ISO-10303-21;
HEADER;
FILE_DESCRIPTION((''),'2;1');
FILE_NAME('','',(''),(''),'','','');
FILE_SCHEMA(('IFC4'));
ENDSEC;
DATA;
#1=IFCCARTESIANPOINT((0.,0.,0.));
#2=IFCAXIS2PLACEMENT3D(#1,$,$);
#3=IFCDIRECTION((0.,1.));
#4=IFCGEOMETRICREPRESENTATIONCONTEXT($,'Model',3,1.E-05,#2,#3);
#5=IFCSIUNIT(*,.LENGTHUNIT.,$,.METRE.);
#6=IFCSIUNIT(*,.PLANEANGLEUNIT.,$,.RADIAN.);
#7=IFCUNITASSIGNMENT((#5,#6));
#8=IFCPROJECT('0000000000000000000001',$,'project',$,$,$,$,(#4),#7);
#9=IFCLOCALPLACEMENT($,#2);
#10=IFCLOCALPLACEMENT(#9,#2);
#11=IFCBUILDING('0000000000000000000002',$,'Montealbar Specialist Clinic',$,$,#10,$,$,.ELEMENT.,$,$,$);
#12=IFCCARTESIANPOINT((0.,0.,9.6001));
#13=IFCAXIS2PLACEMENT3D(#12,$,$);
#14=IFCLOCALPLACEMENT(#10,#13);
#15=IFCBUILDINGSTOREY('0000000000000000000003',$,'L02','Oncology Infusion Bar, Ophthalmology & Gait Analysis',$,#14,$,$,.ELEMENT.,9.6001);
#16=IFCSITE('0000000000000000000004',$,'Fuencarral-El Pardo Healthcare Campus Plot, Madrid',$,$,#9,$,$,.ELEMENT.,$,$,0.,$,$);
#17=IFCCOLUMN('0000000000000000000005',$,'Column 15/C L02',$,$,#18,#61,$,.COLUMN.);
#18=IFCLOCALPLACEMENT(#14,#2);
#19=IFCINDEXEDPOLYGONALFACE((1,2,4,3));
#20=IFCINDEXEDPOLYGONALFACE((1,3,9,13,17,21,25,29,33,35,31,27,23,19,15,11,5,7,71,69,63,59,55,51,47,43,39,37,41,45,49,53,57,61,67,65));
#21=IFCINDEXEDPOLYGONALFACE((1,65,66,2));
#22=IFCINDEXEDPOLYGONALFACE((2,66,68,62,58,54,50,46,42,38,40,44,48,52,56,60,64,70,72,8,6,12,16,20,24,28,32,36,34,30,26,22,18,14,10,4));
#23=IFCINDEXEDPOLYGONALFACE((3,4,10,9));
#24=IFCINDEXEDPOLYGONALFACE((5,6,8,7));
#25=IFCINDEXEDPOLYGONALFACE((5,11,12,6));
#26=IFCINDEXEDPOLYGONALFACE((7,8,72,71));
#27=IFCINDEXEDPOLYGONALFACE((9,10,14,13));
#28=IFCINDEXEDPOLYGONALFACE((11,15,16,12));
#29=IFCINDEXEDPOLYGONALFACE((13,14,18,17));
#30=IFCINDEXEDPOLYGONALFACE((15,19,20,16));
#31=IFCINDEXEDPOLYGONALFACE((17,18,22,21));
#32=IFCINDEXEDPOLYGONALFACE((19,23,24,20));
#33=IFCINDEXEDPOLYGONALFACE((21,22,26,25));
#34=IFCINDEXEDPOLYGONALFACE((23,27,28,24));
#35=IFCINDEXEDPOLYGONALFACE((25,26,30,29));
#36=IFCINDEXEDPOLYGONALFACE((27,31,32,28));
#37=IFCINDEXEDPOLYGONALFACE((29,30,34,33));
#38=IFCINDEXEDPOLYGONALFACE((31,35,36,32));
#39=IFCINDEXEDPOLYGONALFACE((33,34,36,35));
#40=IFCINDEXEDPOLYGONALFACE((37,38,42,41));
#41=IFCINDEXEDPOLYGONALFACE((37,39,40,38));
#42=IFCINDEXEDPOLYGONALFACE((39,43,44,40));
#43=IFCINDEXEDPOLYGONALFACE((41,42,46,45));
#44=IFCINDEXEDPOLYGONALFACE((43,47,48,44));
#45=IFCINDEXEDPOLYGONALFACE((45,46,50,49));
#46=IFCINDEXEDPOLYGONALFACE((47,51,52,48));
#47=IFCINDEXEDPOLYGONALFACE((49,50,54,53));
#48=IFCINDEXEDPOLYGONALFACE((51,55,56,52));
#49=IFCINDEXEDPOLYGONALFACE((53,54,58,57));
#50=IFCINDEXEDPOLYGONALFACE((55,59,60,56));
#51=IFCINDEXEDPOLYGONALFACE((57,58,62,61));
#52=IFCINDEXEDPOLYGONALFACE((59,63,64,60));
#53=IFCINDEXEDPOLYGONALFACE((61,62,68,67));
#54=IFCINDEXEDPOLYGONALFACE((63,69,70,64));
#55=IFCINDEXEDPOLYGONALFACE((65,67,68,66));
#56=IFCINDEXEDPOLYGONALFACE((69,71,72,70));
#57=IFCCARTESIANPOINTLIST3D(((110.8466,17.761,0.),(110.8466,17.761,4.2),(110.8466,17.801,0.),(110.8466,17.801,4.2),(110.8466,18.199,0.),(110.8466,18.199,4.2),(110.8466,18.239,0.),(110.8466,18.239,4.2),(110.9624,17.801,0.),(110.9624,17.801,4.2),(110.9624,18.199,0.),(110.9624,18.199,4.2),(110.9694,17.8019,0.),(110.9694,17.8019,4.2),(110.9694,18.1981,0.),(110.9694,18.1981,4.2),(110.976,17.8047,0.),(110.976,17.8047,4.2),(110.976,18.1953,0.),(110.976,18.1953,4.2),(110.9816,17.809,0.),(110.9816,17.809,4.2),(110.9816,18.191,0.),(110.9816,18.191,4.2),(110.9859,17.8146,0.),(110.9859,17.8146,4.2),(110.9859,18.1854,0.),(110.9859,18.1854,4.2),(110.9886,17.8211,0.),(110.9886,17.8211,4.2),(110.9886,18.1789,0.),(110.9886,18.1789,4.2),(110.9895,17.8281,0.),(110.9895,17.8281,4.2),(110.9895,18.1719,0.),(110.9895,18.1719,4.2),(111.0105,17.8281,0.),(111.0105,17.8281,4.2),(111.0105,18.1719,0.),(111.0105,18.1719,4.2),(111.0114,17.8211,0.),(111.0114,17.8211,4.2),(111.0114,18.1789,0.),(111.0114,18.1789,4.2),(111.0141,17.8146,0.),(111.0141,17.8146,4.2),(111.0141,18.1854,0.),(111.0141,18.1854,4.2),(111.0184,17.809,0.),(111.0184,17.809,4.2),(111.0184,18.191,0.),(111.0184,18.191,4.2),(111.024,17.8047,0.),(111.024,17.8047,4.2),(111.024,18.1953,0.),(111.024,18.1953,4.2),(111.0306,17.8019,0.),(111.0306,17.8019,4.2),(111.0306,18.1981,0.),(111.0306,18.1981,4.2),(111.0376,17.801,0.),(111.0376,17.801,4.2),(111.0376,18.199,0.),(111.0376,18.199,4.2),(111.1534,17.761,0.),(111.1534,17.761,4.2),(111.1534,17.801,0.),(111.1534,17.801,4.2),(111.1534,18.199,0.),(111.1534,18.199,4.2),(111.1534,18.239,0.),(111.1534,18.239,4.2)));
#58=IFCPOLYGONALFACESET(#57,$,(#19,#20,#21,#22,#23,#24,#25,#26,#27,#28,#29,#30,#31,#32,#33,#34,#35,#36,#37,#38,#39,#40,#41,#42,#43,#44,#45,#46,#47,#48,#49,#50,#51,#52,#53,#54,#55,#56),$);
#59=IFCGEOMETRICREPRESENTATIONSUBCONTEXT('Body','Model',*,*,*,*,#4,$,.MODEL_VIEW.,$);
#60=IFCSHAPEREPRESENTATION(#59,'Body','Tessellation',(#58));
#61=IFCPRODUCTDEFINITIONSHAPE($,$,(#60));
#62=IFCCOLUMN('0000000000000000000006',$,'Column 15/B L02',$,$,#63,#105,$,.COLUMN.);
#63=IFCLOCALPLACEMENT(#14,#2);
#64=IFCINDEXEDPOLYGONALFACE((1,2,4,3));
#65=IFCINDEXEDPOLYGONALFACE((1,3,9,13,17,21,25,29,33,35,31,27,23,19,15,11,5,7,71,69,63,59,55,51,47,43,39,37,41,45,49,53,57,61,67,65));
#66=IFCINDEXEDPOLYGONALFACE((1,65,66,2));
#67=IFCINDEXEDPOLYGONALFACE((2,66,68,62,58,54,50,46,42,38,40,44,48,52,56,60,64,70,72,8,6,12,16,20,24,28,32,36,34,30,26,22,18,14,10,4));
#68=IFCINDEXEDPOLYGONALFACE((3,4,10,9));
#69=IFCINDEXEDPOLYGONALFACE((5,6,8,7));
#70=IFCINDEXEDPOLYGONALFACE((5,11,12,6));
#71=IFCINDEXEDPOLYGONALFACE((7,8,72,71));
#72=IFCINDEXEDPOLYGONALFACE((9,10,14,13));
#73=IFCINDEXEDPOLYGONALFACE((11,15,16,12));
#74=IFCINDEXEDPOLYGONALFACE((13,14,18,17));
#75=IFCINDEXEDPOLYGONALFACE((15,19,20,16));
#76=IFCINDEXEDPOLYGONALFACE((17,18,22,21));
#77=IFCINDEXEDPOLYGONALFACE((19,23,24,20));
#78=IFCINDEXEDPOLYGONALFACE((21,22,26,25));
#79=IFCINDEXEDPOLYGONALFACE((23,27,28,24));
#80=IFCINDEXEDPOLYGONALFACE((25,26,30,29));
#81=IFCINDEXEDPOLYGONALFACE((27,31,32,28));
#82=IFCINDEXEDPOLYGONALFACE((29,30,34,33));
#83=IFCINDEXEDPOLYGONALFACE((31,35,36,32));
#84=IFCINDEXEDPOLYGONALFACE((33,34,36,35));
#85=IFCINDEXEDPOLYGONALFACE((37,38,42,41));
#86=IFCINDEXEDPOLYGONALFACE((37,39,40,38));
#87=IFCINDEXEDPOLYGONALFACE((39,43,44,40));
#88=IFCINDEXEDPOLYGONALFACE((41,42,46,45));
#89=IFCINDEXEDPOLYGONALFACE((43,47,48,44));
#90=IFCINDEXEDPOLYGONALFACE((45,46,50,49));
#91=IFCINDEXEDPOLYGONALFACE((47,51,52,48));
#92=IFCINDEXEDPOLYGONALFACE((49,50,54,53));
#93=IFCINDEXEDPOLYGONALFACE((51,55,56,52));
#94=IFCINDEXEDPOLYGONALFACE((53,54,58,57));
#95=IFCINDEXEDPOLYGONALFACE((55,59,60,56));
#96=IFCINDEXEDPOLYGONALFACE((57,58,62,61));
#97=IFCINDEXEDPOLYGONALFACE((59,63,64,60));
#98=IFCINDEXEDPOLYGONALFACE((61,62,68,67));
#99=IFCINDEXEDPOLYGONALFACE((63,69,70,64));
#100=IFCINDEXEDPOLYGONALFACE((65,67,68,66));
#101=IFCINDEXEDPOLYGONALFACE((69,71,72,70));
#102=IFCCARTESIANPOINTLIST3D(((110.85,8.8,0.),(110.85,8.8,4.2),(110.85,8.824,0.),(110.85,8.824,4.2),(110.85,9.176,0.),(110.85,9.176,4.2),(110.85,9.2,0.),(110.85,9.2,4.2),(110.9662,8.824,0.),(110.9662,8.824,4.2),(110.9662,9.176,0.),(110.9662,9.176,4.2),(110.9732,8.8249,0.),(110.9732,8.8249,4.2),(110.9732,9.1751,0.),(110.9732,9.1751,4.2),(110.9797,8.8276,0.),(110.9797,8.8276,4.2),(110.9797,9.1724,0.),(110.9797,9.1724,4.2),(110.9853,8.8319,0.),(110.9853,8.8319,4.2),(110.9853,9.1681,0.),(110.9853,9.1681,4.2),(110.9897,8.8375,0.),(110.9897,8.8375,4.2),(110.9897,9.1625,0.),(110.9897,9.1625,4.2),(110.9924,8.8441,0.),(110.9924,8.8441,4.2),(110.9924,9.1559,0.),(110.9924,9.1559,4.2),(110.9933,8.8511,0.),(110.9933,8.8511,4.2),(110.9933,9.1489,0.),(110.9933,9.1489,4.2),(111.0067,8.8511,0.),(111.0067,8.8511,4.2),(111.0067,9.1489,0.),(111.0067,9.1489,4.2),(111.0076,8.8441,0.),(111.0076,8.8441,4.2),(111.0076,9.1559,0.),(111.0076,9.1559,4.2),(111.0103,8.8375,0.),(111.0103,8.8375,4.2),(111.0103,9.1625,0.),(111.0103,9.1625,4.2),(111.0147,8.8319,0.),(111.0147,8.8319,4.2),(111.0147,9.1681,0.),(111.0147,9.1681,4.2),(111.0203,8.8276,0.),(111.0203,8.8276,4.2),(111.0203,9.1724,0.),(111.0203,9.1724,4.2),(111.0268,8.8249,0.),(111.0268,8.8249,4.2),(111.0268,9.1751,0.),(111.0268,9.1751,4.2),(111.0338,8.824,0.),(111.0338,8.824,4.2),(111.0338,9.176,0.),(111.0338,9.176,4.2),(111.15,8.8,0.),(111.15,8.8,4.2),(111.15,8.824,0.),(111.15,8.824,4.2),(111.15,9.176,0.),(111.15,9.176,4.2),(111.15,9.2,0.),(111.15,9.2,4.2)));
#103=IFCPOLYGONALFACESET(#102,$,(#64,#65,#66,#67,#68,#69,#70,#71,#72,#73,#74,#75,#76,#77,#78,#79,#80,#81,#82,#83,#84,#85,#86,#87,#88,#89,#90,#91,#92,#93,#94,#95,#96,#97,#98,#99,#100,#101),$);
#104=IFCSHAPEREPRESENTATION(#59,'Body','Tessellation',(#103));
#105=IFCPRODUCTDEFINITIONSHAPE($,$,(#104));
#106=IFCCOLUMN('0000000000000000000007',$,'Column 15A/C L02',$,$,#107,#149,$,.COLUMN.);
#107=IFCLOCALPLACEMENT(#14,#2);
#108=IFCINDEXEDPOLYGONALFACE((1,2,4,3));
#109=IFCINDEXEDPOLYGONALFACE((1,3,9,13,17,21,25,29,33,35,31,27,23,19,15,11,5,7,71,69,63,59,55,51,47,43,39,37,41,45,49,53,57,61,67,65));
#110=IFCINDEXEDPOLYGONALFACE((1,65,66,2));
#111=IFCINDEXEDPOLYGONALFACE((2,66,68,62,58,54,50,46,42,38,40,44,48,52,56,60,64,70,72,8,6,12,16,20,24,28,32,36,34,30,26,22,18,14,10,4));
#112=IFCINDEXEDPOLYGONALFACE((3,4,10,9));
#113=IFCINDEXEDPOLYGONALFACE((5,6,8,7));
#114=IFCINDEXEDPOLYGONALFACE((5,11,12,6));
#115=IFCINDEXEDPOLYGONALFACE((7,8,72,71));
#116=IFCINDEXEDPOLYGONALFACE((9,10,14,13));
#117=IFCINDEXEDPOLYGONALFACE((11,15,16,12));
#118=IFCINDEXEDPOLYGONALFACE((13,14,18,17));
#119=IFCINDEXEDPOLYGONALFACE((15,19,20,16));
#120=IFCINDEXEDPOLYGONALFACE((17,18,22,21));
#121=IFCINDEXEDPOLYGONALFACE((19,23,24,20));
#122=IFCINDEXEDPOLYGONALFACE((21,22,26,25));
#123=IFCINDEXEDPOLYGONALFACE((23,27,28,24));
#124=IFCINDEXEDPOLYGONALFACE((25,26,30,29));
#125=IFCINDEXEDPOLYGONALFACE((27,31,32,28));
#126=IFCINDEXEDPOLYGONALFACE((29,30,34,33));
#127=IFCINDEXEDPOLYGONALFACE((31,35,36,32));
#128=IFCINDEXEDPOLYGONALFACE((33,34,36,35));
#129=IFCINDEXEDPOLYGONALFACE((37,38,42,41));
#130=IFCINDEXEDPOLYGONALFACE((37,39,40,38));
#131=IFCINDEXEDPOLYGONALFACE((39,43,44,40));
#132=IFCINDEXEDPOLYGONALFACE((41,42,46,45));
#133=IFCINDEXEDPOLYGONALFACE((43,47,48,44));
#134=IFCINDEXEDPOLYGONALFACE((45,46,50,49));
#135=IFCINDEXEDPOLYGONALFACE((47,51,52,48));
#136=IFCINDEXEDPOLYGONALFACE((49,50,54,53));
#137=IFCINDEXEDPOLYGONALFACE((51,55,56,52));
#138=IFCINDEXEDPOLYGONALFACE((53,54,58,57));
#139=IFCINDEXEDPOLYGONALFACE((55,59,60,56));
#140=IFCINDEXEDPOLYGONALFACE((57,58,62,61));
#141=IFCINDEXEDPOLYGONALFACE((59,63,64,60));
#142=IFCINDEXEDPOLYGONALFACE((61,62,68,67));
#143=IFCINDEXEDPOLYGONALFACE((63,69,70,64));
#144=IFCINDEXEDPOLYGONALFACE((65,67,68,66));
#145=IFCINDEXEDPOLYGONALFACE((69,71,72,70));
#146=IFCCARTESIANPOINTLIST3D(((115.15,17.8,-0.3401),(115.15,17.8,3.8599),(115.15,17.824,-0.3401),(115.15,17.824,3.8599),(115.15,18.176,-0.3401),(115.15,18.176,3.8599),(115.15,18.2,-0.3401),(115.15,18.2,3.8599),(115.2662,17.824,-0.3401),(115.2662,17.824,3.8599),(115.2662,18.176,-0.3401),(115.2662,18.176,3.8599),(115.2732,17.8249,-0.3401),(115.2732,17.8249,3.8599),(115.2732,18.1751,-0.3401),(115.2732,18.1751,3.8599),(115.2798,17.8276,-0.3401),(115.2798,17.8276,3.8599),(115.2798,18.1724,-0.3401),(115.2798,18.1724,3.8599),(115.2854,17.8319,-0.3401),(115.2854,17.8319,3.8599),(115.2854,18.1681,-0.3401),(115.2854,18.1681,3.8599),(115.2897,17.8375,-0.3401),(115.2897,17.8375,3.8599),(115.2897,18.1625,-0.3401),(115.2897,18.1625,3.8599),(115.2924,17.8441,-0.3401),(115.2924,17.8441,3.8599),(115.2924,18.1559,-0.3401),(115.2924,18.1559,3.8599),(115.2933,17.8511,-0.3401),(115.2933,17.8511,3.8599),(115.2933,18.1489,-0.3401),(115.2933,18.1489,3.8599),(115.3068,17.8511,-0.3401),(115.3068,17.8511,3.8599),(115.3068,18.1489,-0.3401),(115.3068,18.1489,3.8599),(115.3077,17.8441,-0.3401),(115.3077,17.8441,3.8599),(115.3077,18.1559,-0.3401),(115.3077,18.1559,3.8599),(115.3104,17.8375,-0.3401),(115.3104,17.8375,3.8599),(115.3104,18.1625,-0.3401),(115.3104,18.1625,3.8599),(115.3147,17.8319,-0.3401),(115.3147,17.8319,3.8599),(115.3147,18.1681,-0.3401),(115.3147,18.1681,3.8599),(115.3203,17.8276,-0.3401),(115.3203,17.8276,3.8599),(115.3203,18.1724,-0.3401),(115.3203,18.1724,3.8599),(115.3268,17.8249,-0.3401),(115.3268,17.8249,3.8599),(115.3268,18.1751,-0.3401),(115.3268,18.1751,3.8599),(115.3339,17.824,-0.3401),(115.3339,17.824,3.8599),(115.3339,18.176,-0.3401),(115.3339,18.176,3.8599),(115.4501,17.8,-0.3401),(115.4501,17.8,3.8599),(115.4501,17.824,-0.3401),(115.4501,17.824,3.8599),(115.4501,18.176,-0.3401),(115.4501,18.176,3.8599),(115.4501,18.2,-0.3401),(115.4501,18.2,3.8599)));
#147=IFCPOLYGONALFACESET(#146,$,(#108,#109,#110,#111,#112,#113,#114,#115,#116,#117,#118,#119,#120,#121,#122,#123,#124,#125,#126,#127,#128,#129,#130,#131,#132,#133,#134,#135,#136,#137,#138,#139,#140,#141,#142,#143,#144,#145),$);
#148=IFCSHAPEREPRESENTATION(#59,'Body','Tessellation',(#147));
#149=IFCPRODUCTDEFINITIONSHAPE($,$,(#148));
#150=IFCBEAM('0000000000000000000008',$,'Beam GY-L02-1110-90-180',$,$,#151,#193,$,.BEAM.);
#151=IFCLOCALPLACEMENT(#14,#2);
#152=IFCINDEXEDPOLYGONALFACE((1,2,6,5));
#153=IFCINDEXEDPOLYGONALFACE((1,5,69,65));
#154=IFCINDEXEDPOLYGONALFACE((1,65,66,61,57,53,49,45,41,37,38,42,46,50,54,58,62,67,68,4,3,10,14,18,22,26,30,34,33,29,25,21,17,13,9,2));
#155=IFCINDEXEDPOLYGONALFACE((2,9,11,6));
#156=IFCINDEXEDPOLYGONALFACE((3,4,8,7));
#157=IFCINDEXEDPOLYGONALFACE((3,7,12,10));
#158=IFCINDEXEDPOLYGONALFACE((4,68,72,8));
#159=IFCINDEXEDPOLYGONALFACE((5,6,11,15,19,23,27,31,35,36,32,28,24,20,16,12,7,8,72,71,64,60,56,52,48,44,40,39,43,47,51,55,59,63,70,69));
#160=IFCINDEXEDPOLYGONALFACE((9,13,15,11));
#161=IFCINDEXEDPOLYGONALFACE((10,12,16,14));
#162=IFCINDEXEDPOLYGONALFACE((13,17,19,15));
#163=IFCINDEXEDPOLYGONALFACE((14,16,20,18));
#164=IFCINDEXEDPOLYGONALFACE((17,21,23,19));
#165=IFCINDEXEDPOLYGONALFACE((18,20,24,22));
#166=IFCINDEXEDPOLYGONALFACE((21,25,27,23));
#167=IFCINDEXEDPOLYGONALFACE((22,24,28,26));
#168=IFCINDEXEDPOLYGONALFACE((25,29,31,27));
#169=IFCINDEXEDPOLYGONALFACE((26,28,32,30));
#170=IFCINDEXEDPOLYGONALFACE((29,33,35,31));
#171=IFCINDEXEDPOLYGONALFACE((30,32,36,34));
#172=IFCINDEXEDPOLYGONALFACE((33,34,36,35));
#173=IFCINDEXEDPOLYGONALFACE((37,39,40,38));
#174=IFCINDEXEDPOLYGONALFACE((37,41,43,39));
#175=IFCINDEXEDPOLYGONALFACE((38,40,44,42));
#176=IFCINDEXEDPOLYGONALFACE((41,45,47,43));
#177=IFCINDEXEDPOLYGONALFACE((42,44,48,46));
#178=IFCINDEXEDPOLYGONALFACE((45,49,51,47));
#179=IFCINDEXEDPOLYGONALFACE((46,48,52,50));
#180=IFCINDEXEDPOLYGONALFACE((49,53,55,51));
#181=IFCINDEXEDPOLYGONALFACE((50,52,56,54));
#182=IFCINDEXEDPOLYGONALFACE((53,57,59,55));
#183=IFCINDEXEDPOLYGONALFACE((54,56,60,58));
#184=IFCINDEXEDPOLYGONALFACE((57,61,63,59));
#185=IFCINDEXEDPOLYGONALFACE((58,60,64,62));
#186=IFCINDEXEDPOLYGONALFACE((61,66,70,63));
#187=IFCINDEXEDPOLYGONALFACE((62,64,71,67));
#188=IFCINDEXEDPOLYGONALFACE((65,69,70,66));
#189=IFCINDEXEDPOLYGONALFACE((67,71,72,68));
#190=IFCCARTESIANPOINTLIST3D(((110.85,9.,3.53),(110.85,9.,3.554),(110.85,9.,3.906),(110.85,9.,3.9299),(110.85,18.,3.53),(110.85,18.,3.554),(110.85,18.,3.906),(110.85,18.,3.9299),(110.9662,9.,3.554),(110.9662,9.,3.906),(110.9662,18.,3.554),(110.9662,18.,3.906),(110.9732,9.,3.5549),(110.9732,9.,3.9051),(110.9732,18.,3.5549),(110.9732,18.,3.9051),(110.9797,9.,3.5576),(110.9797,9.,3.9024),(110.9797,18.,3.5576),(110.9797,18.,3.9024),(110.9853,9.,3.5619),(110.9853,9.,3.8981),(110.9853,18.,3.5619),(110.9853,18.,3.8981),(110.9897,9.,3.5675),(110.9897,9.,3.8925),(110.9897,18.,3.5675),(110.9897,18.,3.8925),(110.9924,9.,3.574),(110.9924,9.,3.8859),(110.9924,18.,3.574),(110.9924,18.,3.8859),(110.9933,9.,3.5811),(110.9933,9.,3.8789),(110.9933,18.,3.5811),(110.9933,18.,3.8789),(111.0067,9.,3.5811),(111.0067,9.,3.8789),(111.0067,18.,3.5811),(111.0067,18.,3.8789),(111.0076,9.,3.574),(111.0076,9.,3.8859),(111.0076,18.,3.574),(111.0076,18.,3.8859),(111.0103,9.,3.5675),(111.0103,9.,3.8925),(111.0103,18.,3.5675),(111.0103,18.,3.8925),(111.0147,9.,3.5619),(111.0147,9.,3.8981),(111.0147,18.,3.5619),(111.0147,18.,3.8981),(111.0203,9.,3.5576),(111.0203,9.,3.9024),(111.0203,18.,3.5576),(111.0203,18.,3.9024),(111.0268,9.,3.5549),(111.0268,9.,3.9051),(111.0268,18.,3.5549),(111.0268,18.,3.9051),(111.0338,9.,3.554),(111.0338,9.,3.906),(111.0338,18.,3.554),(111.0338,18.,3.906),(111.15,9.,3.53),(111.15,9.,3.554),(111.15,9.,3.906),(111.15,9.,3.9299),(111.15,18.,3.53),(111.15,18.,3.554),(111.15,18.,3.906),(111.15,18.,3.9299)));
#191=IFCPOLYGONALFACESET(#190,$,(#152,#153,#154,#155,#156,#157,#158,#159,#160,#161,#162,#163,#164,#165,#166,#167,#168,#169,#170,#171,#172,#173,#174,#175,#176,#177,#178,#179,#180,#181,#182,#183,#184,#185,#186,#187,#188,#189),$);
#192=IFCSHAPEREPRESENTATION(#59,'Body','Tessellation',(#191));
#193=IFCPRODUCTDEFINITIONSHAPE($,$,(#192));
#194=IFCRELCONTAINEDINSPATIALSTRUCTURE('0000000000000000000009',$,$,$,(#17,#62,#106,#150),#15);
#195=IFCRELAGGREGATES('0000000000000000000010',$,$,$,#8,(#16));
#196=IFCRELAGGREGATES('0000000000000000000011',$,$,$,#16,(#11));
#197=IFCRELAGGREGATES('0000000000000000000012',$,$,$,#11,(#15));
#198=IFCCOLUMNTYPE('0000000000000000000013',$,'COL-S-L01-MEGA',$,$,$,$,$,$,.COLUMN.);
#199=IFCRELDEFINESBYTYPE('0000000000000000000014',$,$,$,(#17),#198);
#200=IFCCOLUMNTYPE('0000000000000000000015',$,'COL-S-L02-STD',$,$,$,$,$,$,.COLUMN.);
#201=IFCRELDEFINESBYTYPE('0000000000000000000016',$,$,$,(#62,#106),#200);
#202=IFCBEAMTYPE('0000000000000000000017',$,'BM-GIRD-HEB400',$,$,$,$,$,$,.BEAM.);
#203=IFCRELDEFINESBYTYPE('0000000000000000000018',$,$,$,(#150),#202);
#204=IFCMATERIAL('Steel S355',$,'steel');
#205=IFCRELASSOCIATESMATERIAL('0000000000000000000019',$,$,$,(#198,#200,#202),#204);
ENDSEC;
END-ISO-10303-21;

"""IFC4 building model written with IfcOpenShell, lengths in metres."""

from ifc_helpers import new_model, si_unit, direction, frame, origin, origin_2d, place, context, subcontext, project, spatial, i_section, extrude, material, material_profile, profile_set, type_object, element, save


model = new_model("IFC4")

# Units and contexts
model_context = context("Model", 3, precision=1e-05, world=origin(), true_north=direction((0.0, 1.0)))
body_context = subcontext(model_context, "Body", "Model", "MODEL_VIEW")
ifc_project = project(units=[si_unit("LENGTHUNIT", "METRE"), si_unit("PLANEANGLEUNIT", "RADIAN")], contexts=[model_context])

# Site, building, storey
site_placement = place(None, origin())
site = spatial("IfcSite", under=ifc_project, at=site_placement, Name="Fuencarral-El Pardo Healthcare Campus Plot, Madrid", CompositionType="ELEMENT", RefElevation=0.0)
building_placement = place(site_placement, origin())
building = spatial("IfcBuilding", under=site, at=building_placement, Name="Montealbar Specialist Clinic", CompositionType="ELEMENT")
storey_placement = place(building_placement, frame((0.0, 0.0, 9.6001)))
storey = spatial("IfcBuildingStorey", under=building, at=storey_placement, Name="L02", Description="Oncology Infusion Bar, Ophthalmology & Gait Analysis", CompositionType="ELEMENT", Elevation=9.6001)

# Columns
ifc_material_1 = material(Name="Steel S355", Category="steel")
ifc_material_profile_1 = material_profile(ifc_material_1, i_section(OverallWidth=0.3069, OverallDepth=0.478, WebThickness=0.021, FlangeThickness=0.04, FilletRadius=0.0271, at=origin_2d()), Name="HEM 450", Category="steel")
ifc_profile_set_1 = profile_set([ifc_material_profile_1], Name="Steel S355")
column_type_1 = type_object("IfcColumnType", Name="COL-S-L01-MEGA", PredefinedType="COLUMN", material=ifc_profile_set_1)
column_placement = place(storey_placement, frame((111.0, 18.0, 0.0), z_axis=(0.0, 0.0, 1.0), x_axis=(1.0, 0.0, 0.0)))
element("IfcColumn", 1, at=column_placement, inside=storey, type_object=column_type_1, Name="Column 15/C L02", PredefinedType="COLUMN", context=body_context, shape_type="SweptSolid", body=[
    extrude(i_section(OverallWidth=0.3069, OverallDepth=0.478, WebThickness=0.021, FlangeThickness=0.04, FilletRadius=0.0271, at=origin_2d()), origin(), (0.0, 0.0, 1.0), 4.2),
])
ifc_material_profile_2 = material_profile(ifc_material_1, i_section(OverallWidth=0.3, OverallDepth=0.3999, WebThickness=0.0134, FlangeThickness=0.0239, FilletRadius=0.0271, at=origin_2d()), Name="HEB 400", Category="steel")
ifc_profile_set_2 = profile_set([ifc_material_profile_2], Name="Steel S355")
column_type_2 = type_object("IfcColumnType", Name="COL-S-L02-STD", PredefinedType="COLUMN", material=ifc_profile_set_2)
for number, where, z_axis, x_axis, name in (
    (2, (111.0, 9.0, 0.0), (0.0, 0.0, 1.0), (1.0, 0.0, 0.0), "Column 15/B L02"),
    (3, (115.3, 18.0, -0.3401), (0.0, 0.0, 1.0), (1.0, 0.0, 0.0), "Column 15A/C L02"),
):
    element("IfcColumn", number, at=place(storey_placement, frame(where, z_axis=z_axis, x_axis=x_axis)), inside=storey, type_object=column_type_2, Name=name, PredefinedType="COLUMN", context=body_context, shape_type="SweptSolid", body=[
        extrude(i_section(OverallWidth=0.3, OverallDepth=0.3999, WebThickness=0.0134, FlangeThickness=0.0239, FilletRadius=0.0271, at=origin_2d()), origin(), (0.0, 0.0, 1.0), 4.2),
    ])

# Beam
ifc_material_profile_3 = material_profile(ifc_material_1, i_section(OverallWidth=0.3, OverallDepth=0.3999, WebThickness=0.0134, FlangeThickness=0.0239, FilletRadius=0.0271, at=origin_2d()), Name="HEB 400", Category="steel")
ifc_profile_set_3 = profile_set([ifc_material_profile_3], Name="Steel S355")
beam_type_1 = type_object("IfcBeamType", Name="BM-GIRD-HEB400", PredefinedType="BEAM", material=ifc_profile_set_3)
for number, where, z_axis, x_axis, name in (
    (4, (111.0, 9.0, 3.73), (0.0, 1.0, 0.0), (-1.0, 0.0, 0.0), "Beam GY-L02-1110-90-180"),
):
    element("IfcBeam", number, at=place(storey_placement, frame(where, z_axis=z_axis, x_axis=x_axis)), inside=storey, type_object=beam_type_1, Name=name, PredefinedType="BEAM", context=body_context, shape_type="SweptSolid", body=[
        extrude(i_section(OverallWidth=0.3, OverallDepth=0.3999, WebThickness=0.0134, FlangeThickness=0.0239, FilletRadius=0.0271, at=origin_2d()), origin(), (0.0, 0.0, 1.0), 9.0),
    ])

save(model, "model.ifc")
